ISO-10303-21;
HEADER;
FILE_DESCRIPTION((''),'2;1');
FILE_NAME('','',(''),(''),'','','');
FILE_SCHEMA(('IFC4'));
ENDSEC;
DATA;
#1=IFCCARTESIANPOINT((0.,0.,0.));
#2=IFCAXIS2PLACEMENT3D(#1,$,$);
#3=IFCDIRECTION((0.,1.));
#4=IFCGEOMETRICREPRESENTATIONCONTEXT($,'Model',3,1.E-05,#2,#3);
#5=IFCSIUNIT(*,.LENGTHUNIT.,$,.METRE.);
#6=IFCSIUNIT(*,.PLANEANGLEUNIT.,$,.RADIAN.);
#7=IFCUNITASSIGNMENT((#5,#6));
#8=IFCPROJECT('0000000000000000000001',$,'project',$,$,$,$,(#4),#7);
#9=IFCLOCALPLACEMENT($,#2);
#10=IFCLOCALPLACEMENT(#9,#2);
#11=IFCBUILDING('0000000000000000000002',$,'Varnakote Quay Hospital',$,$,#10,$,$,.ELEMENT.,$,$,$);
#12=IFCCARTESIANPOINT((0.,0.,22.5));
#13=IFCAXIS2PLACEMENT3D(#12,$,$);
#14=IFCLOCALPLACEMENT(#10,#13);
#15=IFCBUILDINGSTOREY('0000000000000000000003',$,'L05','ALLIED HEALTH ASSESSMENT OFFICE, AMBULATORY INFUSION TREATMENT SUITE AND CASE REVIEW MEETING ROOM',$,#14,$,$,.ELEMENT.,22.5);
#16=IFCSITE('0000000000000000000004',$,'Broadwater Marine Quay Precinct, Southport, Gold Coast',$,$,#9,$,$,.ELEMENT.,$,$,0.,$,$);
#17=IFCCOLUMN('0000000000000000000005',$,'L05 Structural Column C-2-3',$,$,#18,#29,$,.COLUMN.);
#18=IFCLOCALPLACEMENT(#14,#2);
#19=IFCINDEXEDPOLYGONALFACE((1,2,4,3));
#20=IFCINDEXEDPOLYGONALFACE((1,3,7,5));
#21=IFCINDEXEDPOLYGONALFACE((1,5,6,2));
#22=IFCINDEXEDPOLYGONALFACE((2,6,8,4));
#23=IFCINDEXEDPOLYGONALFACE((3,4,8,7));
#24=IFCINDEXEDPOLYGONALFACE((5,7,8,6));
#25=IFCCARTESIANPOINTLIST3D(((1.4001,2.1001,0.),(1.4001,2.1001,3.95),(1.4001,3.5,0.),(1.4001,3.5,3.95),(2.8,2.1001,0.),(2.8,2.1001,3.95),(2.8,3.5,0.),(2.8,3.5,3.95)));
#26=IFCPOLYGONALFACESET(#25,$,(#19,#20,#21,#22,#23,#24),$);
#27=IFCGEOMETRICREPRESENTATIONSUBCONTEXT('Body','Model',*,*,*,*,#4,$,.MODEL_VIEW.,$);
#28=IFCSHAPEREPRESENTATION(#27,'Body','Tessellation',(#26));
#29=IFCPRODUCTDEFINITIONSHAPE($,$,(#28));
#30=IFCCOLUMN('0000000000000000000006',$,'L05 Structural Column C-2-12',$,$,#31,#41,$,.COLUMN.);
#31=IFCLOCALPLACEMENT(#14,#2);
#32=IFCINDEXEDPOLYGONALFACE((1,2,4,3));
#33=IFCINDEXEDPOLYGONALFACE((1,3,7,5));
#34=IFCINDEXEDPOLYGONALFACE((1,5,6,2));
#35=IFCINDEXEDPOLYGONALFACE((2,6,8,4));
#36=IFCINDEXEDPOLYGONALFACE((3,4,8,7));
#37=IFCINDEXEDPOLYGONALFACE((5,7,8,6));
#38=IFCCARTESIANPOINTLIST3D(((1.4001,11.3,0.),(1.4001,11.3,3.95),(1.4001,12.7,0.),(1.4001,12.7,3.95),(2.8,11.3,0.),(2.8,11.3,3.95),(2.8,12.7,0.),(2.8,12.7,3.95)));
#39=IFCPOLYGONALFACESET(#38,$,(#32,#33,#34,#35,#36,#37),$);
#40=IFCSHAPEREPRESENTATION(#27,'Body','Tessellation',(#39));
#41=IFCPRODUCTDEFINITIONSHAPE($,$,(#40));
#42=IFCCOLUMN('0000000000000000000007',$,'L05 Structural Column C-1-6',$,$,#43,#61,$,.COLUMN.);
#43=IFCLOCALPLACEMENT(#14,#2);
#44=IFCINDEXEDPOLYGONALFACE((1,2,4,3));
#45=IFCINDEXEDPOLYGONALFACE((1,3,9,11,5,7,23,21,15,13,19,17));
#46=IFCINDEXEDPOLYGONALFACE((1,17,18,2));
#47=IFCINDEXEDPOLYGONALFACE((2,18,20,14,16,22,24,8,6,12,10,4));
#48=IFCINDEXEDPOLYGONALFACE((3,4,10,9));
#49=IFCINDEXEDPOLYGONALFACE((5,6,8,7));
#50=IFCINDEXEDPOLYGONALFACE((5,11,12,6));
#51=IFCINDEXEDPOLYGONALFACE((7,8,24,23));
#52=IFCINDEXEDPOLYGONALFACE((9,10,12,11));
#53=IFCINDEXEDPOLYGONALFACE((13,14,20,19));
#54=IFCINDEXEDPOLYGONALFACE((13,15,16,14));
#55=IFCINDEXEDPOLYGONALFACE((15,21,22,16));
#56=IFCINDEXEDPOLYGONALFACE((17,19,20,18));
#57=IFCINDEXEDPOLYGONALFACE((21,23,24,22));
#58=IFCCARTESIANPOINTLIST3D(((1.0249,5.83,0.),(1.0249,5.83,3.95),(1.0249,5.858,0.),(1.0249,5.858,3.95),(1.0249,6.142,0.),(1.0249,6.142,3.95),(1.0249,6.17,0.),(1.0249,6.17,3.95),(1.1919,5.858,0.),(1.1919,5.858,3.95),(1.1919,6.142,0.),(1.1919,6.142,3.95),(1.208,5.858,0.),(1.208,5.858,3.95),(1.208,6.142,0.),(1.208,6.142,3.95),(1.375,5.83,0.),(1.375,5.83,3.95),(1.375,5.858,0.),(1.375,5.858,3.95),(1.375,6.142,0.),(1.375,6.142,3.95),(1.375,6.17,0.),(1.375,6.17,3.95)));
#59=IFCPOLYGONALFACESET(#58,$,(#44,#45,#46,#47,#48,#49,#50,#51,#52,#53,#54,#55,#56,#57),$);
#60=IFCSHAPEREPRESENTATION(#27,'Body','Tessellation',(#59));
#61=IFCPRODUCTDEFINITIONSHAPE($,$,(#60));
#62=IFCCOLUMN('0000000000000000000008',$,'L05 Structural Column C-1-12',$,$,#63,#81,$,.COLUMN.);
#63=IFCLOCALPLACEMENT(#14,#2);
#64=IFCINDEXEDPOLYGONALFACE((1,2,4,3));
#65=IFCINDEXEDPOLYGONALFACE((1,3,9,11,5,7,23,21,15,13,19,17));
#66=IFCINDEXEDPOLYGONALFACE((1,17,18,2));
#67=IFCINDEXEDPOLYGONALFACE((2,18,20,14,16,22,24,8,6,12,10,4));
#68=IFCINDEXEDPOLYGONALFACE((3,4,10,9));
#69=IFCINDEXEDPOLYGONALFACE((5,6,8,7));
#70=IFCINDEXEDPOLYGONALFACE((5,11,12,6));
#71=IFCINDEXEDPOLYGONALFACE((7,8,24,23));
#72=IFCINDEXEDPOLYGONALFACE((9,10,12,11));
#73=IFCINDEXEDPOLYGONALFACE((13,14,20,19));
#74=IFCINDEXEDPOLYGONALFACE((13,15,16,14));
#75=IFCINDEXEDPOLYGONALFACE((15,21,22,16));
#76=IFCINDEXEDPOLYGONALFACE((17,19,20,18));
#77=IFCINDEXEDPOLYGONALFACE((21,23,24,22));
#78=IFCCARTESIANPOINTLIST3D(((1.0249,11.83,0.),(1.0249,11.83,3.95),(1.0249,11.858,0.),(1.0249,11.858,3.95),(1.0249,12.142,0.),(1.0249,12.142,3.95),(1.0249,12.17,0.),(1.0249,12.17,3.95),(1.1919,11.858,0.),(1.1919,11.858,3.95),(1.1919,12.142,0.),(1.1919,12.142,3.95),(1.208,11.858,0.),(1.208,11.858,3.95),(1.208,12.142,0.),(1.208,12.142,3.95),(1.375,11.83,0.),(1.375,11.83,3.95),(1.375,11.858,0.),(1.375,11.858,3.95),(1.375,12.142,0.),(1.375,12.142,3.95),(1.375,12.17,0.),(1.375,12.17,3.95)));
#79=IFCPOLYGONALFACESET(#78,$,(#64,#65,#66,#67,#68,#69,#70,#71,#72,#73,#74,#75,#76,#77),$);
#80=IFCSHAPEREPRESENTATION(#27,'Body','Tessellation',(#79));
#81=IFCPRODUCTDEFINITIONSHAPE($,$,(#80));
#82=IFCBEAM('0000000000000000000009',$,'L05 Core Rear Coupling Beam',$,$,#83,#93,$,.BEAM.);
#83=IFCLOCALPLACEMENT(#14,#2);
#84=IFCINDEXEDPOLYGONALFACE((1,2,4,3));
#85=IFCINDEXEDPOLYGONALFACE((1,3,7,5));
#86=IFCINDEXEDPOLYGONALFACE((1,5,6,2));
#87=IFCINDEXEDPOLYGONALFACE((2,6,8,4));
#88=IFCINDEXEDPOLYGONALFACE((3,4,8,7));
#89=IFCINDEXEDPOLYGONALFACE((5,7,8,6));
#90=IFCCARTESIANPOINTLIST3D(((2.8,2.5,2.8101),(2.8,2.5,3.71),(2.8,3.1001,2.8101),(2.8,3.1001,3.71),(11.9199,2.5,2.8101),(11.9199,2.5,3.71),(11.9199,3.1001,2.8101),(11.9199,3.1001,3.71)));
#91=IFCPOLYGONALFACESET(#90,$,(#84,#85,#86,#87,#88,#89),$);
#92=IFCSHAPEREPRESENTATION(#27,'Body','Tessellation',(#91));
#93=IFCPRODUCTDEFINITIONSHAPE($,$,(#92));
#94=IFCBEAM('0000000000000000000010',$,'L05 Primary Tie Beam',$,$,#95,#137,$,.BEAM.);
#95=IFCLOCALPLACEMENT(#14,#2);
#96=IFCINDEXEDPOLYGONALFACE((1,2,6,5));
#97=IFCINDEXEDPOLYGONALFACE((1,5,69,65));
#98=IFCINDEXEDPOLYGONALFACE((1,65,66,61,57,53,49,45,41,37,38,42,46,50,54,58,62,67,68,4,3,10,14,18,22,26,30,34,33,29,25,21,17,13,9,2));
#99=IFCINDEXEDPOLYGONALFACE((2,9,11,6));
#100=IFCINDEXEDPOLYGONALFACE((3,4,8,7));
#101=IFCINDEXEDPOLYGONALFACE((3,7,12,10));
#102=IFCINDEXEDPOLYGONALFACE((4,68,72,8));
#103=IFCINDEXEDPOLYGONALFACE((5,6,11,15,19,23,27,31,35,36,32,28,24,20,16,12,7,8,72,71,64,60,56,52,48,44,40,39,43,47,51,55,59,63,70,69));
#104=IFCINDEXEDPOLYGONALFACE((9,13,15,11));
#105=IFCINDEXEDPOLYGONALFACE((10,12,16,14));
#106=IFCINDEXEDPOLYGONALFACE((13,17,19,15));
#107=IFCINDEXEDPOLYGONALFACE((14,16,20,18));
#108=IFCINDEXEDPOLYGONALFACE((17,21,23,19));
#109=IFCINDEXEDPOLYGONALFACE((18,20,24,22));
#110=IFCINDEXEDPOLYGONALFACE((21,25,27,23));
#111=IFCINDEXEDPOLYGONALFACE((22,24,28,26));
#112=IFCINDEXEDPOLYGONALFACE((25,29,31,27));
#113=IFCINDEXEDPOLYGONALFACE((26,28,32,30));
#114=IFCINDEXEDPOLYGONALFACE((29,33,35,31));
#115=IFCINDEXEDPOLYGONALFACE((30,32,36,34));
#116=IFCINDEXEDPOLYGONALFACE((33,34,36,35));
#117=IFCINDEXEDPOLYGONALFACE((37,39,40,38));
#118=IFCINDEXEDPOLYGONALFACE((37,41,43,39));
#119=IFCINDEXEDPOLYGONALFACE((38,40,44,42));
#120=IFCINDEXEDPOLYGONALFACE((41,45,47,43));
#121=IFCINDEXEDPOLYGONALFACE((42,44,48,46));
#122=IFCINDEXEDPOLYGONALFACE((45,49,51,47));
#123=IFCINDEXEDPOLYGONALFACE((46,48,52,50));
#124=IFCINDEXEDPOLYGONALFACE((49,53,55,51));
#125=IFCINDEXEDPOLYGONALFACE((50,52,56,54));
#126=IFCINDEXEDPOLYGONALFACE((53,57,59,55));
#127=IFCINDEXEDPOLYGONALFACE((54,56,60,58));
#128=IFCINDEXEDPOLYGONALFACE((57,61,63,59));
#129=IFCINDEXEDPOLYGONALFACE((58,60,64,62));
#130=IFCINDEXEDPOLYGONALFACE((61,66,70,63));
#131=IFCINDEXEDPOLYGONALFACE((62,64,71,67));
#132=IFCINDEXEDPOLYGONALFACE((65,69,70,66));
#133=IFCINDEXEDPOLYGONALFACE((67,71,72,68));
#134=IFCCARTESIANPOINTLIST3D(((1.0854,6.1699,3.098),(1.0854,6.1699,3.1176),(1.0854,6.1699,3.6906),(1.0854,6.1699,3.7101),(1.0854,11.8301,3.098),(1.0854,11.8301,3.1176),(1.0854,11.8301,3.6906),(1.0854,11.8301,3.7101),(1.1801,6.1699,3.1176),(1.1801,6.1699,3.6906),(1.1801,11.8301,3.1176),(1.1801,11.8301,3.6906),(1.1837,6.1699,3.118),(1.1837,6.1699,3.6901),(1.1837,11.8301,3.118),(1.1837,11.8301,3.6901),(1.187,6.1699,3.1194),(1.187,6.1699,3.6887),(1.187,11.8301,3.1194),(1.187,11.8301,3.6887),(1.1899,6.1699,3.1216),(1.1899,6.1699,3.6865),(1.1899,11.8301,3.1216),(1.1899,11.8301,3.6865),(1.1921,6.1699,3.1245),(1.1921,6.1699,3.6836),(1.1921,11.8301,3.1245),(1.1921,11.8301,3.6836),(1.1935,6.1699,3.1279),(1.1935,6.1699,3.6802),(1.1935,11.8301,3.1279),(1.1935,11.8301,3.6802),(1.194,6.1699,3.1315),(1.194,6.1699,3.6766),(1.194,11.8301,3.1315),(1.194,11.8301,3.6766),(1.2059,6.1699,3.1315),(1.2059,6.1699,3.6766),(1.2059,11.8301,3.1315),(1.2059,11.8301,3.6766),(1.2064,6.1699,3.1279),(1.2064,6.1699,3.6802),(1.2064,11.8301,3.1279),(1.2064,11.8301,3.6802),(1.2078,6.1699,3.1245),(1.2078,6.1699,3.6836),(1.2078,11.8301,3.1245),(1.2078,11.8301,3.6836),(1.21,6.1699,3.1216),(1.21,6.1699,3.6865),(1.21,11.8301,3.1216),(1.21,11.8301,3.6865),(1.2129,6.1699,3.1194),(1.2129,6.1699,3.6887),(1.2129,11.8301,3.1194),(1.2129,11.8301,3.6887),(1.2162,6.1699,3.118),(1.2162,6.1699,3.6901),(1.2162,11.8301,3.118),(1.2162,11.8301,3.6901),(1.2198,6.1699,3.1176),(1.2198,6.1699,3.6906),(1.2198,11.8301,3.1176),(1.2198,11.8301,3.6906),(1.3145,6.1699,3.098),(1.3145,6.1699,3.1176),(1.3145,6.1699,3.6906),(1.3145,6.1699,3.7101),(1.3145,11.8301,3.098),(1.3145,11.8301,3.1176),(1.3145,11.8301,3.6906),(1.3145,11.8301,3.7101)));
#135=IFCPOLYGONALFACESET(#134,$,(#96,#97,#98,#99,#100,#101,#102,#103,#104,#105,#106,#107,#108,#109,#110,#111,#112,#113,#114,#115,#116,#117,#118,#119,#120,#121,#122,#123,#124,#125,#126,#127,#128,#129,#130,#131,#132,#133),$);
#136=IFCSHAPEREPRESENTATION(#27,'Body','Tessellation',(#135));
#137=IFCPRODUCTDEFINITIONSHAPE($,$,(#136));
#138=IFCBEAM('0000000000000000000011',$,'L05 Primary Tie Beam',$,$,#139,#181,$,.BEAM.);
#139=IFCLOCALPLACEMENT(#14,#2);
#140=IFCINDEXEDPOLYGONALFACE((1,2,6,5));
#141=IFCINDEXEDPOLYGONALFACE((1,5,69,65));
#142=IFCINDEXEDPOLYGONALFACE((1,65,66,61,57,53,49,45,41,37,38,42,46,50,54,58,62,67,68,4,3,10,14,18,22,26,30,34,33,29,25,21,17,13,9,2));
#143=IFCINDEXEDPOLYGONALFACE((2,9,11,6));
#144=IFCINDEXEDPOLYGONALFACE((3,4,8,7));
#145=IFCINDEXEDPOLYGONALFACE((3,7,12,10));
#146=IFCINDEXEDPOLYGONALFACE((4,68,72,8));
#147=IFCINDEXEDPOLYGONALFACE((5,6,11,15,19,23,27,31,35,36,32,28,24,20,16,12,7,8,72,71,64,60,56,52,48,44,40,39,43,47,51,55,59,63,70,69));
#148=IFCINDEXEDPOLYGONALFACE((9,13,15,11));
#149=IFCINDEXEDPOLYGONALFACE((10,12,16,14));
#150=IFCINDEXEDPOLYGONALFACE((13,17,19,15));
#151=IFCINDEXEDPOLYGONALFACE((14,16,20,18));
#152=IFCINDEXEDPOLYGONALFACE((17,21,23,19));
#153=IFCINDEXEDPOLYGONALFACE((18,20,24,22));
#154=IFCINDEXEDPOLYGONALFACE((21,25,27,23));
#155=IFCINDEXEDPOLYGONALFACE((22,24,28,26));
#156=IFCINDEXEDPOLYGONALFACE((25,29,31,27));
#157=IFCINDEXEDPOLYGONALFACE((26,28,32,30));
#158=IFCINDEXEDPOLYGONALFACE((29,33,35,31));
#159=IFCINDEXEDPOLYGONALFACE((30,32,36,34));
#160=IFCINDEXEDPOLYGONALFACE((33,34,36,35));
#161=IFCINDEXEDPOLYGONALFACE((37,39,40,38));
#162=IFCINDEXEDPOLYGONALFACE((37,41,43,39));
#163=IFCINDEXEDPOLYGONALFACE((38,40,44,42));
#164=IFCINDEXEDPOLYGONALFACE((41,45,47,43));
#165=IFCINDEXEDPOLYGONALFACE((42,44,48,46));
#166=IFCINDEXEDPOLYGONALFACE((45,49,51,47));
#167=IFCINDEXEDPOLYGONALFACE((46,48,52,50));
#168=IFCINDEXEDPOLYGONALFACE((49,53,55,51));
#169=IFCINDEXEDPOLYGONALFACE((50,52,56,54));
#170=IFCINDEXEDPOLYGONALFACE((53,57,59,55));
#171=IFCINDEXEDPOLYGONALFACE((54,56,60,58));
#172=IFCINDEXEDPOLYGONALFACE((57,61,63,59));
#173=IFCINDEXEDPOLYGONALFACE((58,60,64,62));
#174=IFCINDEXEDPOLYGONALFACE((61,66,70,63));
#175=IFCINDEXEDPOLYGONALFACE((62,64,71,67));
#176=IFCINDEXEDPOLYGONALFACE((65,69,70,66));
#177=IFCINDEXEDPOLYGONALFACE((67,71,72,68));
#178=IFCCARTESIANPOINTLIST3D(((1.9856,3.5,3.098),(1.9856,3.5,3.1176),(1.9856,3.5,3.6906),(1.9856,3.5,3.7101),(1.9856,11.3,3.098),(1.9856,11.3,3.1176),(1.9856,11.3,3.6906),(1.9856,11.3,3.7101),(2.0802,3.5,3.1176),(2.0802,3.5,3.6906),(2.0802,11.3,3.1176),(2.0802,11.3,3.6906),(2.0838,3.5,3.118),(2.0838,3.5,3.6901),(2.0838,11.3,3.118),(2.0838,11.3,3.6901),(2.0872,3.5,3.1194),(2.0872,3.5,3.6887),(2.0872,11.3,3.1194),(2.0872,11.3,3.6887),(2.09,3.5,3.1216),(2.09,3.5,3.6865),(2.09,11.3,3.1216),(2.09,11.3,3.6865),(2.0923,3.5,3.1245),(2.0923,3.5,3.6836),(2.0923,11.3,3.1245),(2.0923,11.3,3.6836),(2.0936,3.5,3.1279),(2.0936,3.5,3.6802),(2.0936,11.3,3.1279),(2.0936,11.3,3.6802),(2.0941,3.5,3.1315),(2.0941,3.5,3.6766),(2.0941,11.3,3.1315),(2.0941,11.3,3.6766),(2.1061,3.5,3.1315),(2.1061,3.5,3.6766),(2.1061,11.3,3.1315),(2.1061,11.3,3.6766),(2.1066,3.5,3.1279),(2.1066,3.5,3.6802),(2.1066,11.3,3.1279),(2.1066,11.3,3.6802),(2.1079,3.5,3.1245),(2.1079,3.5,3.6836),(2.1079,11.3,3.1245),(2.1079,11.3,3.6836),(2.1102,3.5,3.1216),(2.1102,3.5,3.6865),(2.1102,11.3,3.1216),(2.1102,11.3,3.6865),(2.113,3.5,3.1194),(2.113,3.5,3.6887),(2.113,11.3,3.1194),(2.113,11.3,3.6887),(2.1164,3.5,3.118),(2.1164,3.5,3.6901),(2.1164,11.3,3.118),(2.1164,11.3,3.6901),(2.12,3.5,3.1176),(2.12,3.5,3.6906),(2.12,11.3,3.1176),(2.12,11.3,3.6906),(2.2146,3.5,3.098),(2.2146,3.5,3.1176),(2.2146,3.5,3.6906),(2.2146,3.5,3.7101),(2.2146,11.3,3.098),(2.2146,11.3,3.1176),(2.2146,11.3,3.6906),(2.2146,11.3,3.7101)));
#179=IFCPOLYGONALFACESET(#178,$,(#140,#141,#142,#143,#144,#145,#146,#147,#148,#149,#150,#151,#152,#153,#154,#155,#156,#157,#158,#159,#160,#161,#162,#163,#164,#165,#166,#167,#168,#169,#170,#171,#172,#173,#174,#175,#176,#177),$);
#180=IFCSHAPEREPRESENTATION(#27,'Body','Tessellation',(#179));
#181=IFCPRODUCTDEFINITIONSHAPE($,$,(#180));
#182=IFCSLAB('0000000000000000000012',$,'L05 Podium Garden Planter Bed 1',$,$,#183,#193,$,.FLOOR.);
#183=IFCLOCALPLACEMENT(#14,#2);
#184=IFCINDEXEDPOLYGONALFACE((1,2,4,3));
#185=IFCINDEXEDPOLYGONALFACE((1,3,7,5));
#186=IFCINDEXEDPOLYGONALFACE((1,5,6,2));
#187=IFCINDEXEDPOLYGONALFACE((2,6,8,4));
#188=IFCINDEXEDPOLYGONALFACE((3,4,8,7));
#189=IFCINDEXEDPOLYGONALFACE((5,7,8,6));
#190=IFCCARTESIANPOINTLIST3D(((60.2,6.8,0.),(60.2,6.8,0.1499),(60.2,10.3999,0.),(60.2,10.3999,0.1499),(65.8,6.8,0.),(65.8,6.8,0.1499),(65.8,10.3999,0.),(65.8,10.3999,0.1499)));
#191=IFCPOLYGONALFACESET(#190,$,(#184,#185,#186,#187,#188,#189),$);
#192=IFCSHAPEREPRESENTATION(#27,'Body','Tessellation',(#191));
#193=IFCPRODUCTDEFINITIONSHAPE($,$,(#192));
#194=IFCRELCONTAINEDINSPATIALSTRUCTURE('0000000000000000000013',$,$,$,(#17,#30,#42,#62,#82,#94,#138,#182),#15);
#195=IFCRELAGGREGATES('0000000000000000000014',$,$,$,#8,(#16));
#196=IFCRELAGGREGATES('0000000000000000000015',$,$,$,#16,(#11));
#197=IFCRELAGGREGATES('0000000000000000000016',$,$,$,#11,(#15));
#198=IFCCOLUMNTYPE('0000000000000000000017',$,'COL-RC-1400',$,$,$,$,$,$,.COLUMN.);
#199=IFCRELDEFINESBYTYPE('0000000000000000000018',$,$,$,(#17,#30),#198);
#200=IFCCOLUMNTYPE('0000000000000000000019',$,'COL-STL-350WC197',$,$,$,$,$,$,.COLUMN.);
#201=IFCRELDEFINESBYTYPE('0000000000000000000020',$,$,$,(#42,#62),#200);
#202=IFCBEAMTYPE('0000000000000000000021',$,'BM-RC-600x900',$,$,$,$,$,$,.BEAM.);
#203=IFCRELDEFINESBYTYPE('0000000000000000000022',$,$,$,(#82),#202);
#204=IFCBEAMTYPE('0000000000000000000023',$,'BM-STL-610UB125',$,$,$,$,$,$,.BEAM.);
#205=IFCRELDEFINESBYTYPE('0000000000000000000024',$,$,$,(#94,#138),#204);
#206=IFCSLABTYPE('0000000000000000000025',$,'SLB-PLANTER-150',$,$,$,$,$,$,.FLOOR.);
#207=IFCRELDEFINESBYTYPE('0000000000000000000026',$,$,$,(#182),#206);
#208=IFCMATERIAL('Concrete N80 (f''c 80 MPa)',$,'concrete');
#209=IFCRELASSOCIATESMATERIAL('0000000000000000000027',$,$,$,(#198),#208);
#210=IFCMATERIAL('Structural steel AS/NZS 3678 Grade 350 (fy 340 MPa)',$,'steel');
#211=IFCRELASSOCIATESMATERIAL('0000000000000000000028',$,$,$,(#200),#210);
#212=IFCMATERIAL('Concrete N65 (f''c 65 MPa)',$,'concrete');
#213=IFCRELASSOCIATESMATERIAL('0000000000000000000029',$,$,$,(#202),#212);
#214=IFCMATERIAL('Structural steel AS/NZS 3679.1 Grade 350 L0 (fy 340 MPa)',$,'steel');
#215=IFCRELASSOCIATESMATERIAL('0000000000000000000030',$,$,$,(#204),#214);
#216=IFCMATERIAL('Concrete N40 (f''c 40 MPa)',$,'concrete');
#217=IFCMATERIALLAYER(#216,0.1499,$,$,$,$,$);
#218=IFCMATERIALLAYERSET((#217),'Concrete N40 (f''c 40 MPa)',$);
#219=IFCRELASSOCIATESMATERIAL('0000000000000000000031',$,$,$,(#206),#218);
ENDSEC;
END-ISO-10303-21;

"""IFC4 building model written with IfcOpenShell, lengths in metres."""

from ifc_helpers import new_model, si_unit, direction, frame, origin, origin_2d, place, context, subcontext, project, spatial, polyline, rectangle, i_section, outline, extrude, material, layer, layer_set, material_profile, profile_set, type_object, element, save


model = new_model("IFC4")

# Units and contexts
model_context = context("Model", 3, precision=1e-05, world=origin(), true_north=direction((0.0, 1.0)))
body_context = subcontext(model_context, "Body", "Model", "MODEL_VIEW")
ifc_project = project(units=[si_unit("LENGTHUNIT", "METRE"), si_unit("PLANEANGLEUNIT", "RADIAN")], contexts=[model_context])

# Site, building, storey
site_placement = place(None, origin())
site = spatial("IfcSite", under=ifc_project, at=site_placement, Name="Broadwater Marine Quay Precinct, Southport, Gold Coast", CompositionType="ELEMENT", RefElevation=0.0)
building_placement = place(site_placement, origin())
building = spatial("IfcBuilding", under=site, at=building_placement, Name="Varnakote Quay Hospital", CompositionType="ELEMENT")
storey_placement = place(building_placement, frame((0.0, 0.0, 22.5)))
storey = spatial("IfcBuildingStorey", under=building, at=storey_placement, Name="L05", Description="ALLIED HEALTH ASSESSMENT OFFICE, AMBULATORY INFUSION TREATMENT SUITE AND CASE REVIEW MEETING ROOM", CompositionType="ELEMENT", Elevation=22.5)

# Columns
ifc_material_1 = material(Name="Concrete N80 (f'c 80 MPa)", Category="concrete")
ifc_material_profile_1 = material_profile(ifc_material_1, rectangle(XDim=1.3999, YDim=1.3999, at=origin_2d()), Name="RC-COL-1400x1400")
ifc_profile_set_1 = profile_set([ifc_material_profile_1], Name="Concrete N80 (f'c 80 MPa)")
column_type_1 = type_object("IfcColumnType", Name="COL-RC-1400", PredefinedType="COLUMN", material=ifc_profile_set_1)
for number, where, z_axis, x_axis, name in (
    (1, (2.1001, 2.8, 0.0), (0.0, 0.0, 1.0), (1.0, 0.0, 0.0), "L05 Structural Column C-2-3"),
    (2, (2.1001, 12.0, 0.0), (0.0, 0.0, 1.0), (1.0, 0.0, 0.0), "L05 Structural Column C-2-12"),
):
    element("IfcColumn", number, at=place(storey_placement, frame(where, z_axis=z_axis, x_axis=x_axis)), inside=storey, type_object=column_type_1, Name=name, PredefinedType="COLUMN", context=body_context, shape_type="SweptSolid", body=[
        extrude(rectangle(XDim=1.3999, YDim=1.3999, at=origin_2d()), origin(), (0.0, 0.0, 1.0), 3.95),
    ])
ifc_material_2 = material(Name="Structural steel AS/NZS 3678 Grade 350 (fy 340 MPa)", Category="steel")
ifc_material_profile_2 = material_profile(ifc_material_2, i_section(OverallWidth=0.3501, OverallDepth=0.3401, WebThickness=0.0161, FlangeThickness=0.0281, at=origin_2d()), Name="350WC197")
ifc_profile_set_2 = profile_set([ifc_material_profile_2], Name="Structural steel AS/NZS 3678 Grade 350 (fy 340 MPa)")
column_type_2 = type_object("IfcColumnType", Name="COL-STL-350WC197", PredefinedType="COLUMN", material=ifc_profile_set_2)
for number, where, z_axis, x_axis, name in (
    (3, (1.2, 6.0, 0.0), (0.0, 0.0, 1.0), (1.0, 0.0, 0.0), "L05 Structural Column C-1-6"),
    (4, (1.2, 12.0, 0.0), (0.0, 0.0, 1.0), (1.0, 0.0, 0.0), "L05 Structural Column C-1-12"),
):
    element("IfcColumn", number, at=place(storey_placement, frame(where, z_axis=z_axis, x_axis=x_axis)), inside=storey, type_object=column_type_2, Name=name, PredefinedType="COLUMN", context=body_context, shape_type="SweptSolid", body=[
        extrude(i_section(OverallWidth=0.3501, OverallDepth=0.3401, WebThickness=0.0161, FlangeThickness=0.0281, at=origin_2d()), origin(), (0.0, 0.0, 1.0), 3.95),
    ])

# Beams
ifc_material_3 = material(Name="Concrete N65 (f'c 65 MPa)", Category="concrete")
ifc_material_profile_3 = material_profile(ifc_material_3, rectangle(XDim=0.6001, YDim=0.8999, at=origin_2d()), Name="RC-BM-600x900")
ifc_profile_set_3 = profile_set([ifc_material_profile_3], Name="Concrete N65 (f'c 65 MPa)")
beam_type_1 = type_object("IfcBeamType", Name="BM-RC-600x900", PredefinedType="BEAM", material=ifc_profile_set_3)
beam_1_placement = place(storey_placement, frame((2.8, 2.8, 3.26), z_axis=(1.0, 0.0, 0.0), x_axis=(0.0, 1.0, 0.0)))
element("IfcBeam", 5, at=beam_1_placement, inside=storey, type_object=beam_type_1, Name="L05 Core Rear Coupling Beam", PredefinedType="BEAM", context=body_context, shape_type="SweptSolid", body=[
    extrude(rectangle(XDim=0.6001, YDim=0.8999, at=origin_2d()), origin(), (0.0, 0.0, 1.0), 9.1199),
])
ifc_material_4 = material(Name="Structural steel AS/NZS 3679.1 Grade 350 L0 (fy 340 MPa)", Category="steel")
ifc_material_profile_4 = material_profile(ifc_material_4, i_section(OverallWidth=0.229, OverallDepth=0.6121, WebThickness=0.012, FlangeThickness=0.0195, FilletRadius=0.0139, at=origin_2d()), Name="610UB125")
ifc_profile_set_4 = profile_set([ifc_material_profile_4], Name="Structural steel AS/NZS 3679.1 Grade 350 L0 (fy 340 MPa)")
beam_type_2 = type_object("IfcBeamType", Name="BM-STL-610UB125", PredefinedType="BEAM", material=ifc_profile_set_4)
beam_2_placement = place(storey_placement, frame((1.2, 6.1699, 3.4041), z_axis=(0.0, 1.0, 0.0), x_axis=(-1.0, 0.0, 0.0)))
element("IfcBeam", 6, at=beam_2_placement, inside=storey, type_object=beam_type_2, Name="L05 Primary Tie Beam", PredefinedType="BEAM", context=body_context, shape_type="SweptSolid", body=[
    extrude(i_section(OverallWidth=0.229, OverallDepth=0.6121, WebThickness=0.012, FlangeThickness=0.0195, FilletRadius=0.0139, at=origin_2d()), origin(), (0.0, 0.0, 1.0), 5.6602),
])
beam_3_placement = place(storey_placement, frame((2.1001, 3.5, 3.4041), z_axis=(0.0, 1.0, 0.0), x_axis=(-1.0, 0.0, 0.0)))
element("IfcBeam", 7, at=beam_3_placement, inside=storey, type_object=beam_type_2, Name="L05 Primary Tie Beam", PredefinedType="BEAM", context=body_context, shape_type="SweptSolid", body=[
    extrude(i_section(OverallWidth=0.229, OverallDepth=0.6121, WebThickness=0.012, FlangeThickness=0.0195, FilletRadius=0.0139, at=origin_2d()), origin(), (0.0, 0.0, 1.0), 7.8),
])

# Slab
ifc_material_5 = material(Name="Concrete N40 (f'c 40 MPa)", Category="concrete")
ifc_layer_1 = layer(ifc_material_5, 0.1499)
ifc_layer_set_1 = layer_set([ifc_layer_1], Name="Concrete N40 (f'c 40 MPa)")
slab_type_1 = type_object("IfcSlabType", Name="SLB-PLANTER-150", PredefinedType="FLOOR", material=ifc_layer_set_1)
slab_1_placement = place(storey_placement, origin())
element("IfcSlab", 8, at=slab_1_placement, inside=storey, type_object=slab_type_1, Name="L05 Podium Garden Planter Bed 1", PredefinedType="FLOOR", context=body_context, shape_type="SweptSolid", body=[
    extrude(outline(polyline([(60.2, 6.8), (65.8, 6.8), (65.8, 10.3999), (60.2, 10.3999), (60.2, 6.8)])), origin(), (0.0, 0.0, 1.0), 0.1499),
])

save(model, "model.ifc")
